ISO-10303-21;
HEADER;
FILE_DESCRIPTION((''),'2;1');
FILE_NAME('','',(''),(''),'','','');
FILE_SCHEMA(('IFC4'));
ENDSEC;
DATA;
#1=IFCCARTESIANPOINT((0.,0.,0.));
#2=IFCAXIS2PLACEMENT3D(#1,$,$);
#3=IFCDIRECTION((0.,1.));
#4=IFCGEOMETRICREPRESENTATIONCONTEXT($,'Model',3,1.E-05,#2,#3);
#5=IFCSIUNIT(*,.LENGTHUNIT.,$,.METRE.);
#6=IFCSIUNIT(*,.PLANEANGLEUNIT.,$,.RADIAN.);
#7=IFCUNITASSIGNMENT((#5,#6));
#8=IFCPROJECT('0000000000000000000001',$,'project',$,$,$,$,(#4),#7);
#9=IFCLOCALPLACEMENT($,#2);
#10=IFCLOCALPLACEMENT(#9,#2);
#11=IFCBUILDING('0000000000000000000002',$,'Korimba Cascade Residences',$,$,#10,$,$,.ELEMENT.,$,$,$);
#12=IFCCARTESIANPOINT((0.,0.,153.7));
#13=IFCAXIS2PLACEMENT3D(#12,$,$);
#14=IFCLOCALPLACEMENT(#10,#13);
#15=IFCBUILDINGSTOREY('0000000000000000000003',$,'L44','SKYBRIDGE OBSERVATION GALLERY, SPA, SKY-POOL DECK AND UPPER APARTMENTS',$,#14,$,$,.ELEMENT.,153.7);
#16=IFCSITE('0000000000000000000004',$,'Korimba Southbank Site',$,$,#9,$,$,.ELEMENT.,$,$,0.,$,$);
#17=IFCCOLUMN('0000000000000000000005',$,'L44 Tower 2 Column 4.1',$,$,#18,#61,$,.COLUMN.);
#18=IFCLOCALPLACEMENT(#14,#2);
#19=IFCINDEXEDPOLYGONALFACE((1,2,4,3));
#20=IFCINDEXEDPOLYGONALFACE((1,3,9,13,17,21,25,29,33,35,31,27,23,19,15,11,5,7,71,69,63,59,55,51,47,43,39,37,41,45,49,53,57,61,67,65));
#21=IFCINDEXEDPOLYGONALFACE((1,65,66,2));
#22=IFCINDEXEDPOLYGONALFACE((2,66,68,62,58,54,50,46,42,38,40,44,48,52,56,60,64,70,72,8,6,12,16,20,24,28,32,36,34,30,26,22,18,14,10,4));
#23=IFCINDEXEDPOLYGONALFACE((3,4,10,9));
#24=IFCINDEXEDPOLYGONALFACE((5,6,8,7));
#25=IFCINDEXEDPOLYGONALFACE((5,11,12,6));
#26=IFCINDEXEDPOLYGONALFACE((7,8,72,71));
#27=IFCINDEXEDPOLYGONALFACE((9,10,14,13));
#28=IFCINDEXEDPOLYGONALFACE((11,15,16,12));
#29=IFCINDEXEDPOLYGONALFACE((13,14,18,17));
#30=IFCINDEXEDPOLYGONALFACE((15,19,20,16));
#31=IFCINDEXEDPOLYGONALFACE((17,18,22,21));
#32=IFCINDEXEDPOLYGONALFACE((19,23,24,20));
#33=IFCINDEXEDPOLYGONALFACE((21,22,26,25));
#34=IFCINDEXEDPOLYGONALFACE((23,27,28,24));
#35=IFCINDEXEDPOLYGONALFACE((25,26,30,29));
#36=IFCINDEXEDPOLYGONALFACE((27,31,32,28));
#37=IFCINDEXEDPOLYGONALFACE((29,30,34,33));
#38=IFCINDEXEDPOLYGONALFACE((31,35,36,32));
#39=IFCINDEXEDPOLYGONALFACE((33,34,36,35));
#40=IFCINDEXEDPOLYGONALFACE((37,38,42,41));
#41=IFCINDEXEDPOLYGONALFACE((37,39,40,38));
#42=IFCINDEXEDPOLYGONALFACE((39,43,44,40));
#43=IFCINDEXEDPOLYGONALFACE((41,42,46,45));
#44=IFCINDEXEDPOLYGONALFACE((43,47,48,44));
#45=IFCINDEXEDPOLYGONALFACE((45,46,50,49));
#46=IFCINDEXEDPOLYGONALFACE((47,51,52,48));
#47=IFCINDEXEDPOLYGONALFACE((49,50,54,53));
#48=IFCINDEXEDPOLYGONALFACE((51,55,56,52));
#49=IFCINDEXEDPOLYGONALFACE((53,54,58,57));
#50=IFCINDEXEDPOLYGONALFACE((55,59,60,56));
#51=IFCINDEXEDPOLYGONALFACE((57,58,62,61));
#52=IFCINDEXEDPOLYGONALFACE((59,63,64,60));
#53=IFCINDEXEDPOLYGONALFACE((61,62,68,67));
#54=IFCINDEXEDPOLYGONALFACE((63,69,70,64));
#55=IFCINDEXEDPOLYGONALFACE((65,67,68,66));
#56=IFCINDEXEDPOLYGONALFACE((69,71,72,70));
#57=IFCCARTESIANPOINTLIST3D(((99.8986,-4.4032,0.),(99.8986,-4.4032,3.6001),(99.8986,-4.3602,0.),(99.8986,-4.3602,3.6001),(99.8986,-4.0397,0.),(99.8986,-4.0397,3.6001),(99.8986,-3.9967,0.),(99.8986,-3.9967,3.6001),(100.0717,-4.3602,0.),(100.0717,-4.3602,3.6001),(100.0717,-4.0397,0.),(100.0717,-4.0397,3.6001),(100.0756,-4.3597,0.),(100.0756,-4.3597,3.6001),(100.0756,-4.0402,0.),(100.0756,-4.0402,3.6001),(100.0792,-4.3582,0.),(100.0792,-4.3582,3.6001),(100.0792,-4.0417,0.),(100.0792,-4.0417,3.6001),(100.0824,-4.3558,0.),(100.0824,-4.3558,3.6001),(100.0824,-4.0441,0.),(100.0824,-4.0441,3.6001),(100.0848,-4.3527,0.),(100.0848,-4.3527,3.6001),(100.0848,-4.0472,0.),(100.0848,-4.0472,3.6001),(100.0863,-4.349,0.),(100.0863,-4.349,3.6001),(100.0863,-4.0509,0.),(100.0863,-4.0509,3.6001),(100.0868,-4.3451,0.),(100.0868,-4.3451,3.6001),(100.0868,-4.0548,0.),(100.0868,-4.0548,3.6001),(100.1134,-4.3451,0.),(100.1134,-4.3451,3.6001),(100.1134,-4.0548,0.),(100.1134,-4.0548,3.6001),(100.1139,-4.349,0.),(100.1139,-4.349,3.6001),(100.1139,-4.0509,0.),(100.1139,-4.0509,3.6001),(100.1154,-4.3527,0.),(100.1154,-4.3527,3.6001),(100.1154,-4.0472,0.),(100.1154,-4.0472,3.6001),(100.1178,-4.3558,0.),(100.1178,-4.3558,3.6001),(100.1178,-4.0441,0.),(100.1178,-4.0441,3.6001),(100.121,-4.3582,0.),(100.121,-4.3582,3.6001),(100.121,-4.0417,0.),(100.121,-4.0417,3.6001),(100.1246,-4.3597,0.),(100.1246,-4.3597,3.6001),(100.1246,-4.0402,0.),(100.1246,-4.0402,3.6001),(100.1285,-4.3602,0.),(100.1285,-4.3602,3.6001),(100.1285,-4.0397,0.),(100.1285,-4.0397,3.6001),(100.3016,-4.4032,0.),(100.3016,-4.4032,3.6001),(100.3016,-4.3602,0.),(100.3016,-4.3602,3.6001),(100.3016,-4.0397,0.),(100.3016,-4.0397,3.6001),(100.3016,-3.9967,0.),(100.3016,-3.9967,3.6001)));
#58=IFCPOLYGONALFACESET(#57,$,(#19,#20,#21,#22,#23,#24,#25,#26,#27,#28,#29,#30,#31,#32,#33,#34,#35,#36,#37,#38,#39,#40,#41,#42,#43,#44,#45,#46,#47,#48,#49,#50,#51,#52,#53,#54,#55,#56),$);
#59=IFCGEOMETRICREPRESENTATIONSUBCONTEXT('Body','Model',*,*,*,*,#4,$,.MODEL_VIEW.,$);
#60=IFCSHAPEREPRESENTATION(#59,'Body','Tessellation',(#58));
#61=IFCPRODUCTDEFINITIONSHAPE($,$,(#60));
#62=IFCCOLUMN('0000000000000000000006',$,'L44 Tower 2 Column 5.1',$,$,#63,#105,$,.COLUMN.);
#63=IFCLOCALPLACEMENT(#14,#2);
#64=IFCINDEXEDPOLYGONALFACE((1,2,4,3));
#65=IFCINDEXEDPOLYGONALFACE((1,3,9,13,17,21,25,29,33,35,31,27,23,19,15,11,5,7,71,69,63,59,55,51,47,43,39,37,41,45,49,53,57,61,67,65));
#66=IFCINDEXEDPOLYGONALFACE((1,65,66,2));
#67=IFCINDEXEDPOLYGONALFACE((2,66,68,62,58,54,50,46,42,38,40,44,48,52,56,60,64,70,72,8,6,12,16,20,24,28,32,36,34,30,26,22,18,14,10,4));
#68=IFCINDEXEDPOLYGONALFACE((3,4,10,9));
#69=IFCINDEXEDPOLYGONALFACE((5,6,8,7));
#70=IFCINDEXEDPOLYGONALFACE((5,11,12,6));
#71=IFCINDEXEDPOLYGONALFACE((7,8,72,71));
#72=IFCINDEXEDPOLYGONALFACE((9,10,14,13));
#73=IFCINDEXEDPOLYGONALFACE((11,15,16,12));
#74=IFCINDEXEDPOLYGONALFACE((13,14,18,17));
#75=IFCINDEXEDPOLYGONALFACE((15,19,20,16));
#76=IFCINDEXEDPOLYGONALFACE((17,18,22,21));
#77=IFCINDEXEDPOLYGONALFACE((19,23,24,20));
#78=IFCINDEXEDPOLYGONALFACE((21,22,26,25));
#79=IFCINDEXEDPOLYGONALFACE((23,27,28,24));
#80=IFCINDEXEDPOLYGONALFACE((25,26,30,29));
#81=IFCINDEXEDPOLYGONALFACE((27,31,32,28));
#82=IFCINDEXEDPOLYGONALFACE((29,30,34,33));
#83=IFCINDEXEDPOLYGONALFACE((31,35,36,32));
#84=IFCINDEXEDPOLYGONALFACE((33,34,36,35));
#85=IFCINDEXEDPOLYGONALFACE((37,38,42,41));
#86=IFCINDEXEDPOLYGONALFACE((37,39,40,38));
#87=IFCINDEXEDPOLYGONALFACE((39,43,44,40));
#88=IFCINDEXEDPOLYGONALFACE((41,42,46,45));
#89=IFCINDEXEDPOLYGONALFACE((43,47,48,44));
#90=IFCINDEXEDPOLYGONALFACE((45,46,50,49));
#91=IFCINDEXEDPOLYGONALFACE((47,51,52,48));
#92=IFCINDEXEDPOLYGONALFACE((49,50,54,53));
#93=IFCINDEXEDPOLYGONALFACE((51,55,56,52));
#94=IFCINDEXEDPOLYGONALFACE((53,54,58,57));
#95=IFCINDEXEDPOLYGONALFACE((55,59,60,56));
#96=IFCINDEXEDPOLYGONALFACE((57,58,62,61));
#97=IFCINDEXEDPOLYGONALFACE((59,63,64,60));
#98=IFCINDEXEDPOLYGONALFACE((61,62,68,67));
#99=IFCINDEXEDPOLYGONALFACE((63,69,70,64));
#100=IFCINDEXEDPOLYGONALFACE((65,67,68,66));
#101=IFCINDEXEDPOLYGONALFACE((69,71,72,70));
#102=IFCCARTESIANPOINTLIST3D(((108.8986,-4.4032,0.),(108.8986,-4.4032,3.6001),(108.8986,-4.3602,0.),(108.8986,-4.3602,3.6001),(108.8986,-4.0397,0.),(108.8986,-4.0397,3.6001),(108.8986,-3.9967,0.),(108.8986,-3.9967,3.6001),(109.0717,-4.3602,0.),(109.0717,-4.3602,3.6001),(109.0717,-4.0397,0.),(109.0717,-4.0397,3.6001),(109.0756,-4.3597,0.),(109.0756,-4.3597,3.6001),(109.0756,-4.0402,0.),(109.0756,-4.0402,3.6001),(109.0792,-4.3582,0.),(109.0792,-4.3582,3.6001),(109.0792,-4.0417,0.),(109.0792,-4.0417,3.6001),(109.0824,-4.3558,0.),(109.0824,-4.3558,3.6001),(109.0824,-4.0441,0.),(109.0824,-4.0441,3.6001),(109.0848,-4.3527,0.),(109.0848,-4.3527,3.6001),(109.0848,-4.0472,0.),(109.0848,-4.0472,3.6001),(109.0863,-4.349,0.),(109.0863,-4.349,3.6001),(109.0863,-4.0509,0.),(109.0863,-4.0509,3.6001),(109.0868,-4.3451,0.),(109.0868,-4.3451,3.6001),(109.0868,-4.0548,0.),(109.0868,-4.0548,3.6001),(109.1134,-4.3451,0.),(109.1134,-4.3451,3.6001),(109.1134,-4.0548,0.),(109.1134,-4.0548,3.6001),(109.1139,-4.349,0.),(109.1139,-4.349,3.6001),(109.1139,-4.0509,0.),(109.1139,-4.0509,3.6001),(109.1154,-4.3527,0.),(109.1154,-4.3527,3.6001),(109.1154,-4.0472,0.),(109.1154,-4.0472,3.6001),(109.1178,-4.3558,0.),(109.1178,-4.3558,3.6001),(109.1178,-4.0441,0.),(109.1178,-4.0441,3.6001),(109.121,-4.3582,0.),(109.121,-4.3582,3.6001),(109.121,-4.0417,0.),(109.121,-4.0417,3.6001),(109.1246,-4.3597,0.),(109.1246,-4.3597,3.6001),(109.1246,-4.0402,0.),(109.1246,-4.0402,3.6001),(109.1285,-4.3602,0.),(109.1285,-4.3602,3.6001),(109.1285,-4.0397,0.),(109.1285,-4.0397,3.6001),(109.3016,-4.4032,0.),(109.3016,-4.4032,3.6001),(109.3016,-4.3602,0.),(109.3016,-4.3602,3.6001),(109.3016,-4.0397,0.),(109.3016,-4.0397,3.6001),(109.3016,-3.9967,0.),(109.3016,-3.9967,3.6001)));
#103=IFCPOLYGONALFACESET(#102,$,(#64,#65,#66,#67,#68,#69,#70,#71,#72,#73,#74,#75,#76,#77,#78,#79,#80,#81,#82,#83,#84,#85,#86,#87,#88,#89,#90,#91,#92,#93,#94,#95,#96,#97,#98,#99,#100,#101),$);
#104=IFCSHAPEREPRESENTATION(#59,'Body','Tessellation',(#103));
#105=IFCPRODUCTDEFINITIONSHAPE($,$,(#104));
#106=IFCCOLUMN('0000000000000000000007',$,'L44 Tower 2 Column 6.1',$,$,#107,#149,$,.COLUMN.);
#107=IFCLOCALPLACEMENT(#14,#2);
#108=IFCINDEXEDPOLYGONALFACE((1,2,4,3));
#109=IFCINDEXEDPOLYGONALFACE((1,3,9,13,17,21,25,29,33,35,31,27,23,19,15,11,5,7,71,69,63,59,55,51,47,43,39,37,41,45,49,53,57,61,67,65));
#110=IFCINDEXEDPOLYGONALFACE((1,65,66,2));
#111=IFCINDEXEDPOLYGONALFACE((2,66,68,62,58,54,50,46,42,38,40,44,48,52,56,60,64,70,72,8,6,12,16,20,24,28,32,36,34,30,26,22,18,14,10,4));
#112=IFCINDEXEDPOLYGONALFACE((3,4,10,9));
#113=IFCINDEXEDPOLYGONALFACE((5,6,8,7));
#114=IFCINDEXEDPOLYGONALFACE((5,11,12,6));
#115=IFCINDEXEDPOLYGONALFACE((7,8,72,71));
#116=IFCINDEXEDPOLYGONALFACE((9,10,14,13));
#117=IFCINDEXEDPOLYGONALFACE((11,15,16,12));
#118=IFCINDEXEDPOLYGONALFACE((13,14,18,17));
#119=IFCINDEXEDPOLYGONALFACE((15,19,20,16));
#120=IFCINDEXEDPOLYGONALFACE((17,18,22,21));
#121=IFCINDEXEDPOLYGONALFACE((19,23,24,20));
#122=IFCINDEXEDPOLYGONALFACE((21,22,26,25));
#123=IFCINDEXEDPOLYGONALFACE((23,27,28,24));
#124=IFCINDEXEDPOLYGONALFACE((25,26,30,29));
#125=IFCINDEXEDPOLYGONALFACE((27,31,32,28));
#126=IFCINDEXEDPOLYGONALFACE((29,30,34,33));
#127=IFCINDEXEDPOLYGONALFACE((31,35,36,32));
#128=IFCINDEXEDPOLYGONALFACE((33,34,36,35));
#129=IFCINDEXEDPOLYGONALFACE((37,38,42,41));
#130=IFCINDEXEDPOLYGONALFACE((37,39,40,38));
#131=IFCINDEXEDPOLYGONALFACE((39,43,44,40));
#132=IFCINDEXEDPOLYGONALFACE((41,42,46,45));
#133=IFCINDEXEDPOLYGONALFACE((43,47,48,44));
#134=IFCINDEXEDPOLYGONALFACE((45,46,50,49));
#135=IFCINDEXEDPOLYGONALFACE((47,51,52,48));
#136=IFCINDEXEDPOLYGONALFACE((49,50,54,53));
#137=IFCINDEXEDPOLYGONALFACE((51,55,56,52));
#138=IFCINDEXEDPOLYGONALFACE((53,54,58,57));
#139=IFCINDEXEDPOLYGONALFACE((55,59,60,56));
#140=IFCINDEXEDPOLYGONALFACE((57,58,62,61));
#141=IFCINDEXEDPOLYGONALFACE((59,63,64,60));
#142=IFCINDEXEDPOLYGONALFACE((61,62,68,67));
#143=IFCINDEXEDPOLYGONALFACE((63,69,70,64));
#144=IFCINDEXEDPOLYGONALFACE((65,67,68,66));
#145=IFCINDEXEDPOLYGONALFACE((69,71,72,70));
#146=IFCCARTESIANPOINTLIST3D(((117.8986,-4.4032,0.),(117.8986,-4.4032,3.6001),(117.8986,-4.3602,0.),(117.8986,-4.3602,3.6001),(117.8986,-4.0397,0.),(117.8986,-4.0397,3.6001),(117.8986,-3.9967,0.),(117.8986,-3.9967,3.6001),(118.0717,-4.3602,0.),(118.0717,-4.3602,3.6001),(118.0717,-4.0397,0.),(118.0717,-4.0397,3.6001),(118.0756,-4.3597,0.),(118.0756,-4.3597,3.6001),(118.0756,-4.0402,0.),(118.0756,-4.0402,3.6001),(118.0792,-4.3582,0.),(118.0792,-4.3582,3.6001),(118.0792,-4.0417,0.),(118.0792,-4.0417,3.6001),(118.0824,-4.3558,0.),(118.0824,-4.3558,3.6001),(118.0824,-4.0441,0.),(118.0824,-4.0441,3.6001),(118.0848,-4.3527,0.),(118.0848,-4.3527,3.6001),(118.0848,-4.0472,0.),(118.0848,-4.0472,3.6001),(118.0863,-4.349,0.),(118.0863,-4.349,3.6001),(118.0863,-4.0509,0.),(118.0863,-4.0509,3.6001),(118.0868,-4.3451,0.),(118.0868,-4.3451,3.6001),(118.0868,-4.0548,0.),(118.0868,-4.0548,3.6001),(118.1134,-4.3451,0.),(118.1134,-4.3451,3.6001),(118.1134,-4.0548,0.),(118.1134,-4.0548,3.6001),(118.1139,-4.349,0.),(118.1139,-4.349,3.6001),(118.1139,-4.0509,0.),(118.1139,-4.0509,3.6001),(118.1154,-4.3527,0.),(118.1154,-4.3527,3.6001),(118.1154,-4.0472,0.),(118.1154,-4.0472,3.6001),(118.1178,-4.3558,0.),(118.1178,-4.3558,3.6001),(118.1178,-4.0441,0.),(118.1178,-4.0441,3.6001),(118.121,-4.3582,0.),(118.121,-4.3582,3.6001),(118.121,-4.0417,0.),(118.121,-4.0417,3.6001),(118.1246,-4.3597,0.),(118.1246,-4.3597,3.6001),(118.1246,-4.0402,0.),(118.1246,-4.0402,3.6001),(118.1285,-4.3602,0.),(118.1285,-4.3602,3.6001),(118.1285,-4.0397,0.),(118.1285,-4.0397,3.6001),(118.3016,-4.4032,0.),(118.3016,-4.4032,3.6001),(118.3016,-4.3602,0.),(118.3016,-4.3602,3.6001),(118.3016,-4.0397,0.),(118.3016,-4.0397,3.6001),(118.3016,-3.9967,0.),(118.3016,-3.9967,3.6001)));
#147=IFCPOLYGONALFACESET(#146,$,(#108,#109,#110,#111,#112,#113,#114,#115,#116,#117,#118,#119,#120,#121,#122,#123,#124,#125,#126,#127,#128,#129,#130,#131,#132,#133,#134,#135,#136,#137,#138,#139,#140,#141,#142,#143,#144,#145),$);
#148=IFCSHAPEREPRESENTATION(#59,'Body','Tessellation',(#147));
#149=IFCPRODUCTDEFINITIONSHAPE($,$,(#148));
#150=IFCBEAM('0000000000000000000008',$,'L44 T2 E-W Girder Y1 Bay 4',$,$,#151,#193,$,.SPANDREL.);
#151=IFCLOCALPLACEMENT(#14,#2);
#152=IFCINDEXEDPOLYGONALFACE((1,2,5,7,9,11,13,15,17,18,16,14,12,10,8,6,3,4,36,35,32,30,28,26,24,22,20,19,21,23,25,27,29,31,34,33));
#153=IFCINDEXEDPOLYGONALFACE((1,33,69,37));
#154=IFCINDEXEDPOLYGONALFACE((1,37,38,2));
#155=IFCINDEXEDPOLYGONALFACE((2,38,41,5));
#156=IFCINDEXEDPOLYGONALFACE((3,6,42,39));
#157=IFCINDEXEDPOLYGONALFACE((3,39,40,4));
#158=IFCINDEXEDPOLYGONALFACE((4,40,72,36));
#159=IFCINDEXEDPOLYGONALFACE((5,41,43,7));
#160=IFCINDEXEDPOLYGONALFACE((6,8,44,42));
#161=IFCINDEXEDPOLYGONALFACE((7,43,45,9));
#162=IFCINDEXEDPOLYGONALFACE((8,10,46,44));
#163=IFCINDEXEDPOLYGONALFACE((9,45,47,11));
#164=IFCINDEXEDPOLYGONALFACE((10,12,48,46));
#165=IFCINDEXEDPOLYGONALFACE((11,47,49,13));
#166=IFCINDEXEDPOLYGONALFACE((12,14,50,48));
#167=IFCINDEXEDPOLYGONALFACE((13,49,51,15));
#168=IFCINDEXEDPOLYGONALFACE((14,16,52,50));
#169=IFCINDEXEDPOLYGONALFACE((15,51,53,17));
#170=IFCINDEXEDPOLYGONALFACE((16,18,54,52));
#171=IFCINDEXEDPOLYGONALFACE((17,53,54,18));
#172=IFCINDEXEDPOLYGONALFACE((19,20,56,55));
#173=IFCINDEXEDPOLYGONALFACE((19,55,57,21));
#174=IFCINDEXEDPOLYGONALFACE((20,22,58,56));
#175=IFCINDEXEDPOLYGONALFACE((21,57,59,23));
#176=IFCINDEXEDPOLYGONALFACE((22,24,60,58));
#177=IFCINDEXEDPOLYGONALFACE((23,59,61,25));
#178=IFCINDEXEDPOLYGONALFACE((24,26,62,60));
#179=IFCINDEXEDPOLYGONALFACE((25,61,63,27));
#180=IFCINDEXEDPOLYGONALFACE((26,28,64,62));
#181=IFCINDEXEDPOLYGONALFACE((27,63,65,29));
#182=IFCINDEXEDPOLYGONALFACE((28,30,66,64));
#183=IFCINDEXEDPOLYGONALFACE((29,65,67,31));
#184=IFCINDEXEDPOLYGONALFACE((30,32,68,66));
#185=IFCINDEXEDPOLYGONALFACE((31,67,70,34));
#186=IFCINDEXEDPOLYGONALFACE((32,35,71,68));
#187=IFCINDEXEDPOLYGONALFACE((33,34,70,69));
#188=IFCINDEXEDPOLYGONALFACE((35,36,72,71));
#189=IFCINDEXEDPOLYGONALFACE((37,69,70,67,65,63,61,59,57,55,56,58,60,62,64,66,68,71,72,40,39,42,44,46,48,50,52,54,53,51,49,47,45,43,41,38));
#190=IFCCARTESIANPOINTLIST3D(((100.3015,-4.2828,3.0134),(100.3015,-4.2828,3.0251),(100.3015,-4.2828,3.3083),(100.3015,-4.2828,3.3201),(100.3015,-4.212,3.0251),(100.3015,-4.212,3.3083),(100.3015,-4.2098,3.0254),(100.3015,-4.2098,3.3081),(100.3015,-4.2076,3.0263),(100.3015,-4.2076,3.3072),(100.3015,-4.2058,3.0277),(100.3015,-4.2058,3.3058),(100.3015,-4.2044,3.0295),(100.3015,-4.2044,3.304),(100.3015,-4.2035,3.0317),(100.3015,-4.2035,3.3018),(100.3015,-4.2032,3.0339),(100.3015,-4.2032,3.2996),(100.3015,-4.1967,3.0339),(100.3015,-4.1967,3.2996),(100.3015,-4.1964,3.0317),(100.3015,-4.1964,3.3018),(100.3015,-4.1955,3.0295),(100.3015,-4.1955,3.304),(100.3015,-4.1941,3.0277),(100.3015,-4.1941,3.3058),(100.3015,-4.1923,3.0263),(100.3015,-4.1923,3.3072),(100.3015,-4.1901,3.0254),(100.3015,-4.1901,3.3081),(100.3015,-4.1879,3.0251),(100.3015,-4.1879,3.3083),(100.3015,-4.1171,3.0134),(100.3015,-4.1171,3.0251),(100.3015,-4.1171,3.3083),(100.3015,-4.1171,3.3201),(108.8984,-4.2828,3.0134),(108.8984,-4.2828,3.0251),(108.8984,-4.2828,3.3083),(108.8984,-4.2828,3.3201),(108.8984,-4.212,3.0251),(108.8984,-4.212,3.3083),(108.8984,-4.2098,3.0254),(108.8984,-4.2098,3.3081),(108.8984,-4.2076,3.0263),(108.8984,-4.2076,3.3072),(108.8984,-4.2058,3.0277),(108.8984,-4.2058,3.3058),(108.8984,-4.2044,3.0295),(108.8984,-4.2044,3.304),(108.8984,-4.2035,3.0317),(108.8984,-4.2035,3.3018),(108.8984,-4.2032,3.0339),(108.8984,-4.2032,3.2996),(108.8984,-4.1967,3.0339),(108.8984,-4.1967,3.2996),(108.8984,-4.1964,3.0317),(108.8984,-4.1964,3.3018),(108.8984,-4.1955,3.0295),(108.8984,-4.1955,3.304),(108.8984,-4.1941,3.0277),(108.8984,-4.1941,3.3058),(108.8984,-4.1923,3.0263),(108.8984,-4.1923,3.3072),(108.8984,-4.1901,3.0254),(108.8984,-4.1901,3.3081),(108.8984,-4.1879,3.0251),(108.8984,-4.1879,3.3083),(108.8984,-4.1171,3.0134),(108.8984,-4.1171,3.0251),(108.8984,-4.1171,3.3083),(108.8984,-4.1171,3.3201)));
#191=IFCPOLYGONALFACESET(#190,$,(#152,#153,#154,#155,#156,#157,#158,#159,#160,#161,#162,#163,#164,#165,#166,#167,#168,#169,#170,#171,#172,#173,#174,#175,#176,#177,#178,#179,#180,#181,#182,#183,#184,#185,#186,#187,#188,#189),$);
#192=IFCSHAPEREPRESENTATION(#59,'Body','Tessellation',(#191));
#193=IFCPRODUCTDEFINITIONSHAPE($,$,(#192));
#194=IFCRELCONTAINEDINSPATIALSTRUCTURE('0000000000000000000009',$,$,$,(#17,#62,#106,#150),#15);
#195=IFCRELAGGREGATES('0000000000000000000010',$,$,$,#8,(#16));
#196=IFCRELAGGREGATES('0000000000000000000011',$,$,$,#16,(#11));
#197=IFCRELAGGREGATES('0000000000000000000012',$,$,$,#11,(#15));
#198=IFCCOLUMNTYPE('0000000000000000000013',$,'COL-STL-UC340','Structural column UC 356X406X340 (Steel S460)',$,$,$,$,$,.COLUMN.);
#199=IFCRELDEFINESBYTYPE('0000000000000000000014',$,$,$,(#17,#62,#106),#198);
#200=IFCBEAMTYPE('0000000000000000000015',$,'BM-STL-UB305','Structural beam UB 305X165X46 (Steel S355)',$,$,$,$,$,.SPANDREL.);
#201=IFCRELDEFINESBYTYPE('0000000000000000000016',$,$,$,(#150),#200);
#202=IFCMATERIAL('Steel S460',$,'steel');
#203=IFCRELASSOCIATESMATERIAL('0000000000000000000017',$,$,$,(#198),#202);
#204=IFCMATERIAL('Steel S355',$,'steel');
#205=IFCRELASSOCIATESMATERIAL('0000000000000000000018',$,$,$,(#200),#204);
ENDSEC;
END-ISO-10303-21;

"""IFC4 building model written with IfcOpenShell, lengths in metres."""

from ifc_helpers import new_model, si_unit, direction, frame, origin, origin_2d, place, context, subcontext, project, spatial, i_section, extrude, material, material_profile, profile_set, type_object, element, save


model = new_model("IFC4")

# Units and contexts
model_context = context("Model", 3, precision=1e-05, world=origin(), true_north=direction((0.0, 1.0)))
body_context = subcontext(model_context, "Body", "Model", "MODEL_VIEW")
ifc_project = project(units=[si_unit("LENGTHUNIT", "METRE"), si_unit("PLANEANGLEUNIT", "RADIAN")], contexts=[model_context])

# Site, building, storey
site_placement = place(None, origin())
site = spatial("IfcSite", under=ifc_project, at=site_placement, Name="Korimba Southbank Site", CompositionType="ELEMENT", RefElevation=0.0)
building_placement = place(site_placement, origin())
building = spatial("IfcBuilding", under=site, at=building_placement, Name="Korimba Cascade Residences", CompositionType="ELEMENT")
storey_placement = place(building_placement, frame((0.0, 0.0, 153.7)))
storey = spatial("IfcBuildingStorey", under=building, at=storey_placement, Name="L44", Description="SKYBRIDGE OBSERVATION GALLERY, SPA, SKY-POOL DECK AND UPPER APARTMENTS", CompositionType="ELEMENT", Elevation=153.7)

# Columns
ifc_material_1 = material(Name="Steel S460", Category="steel")
ifc_material_profile_1 = material_profile(ifc_material_1, i_section(OverallWidth=0.4031, OverallDepth=0.4065, WebThickness=0.0266, FlangeThickness=0.043, FilletRadius=0.0151, at=origin_2d()), Name="Steel S460")
ifc_profile_set_1 = profile_set([ifc_material_profile_1], Name="Steel S460")
column_type = type_object("IfcColumnType", Name="COL-STL-UC340", Description="Structural column UC 356X406X340 (Steel S460)", PredefinedType="COLUMN", material=ifc_profile_set_1)
for number, where, z_axis, x_axis, name in (
    (1, (100.1001, -4.2, 0.0), (0.0, 0.0, 1.0), (1.0, 0.0, 0.0), "L44 Tower 2 Column 4.1"),
    (2, (109.1001, -4.2, 0.0), (0.0, 0.0, 1.0), (1.0, 0.0, 0.0), "L44 Tower 2 Column 5.1"),
    (3, (118.1001, -4.2, 0.0), (0.0, 0.0, 1.0), (1.0, 0.0, 0.0), "L44 Tower 2 Column 6.1"),
):
    element("IfcColumn", number, at=place(storey_placement, frame(where, z_axis=z_axis, x_axis=x_axis)), inside=storey, type_object=column_type, Name=name, PredefinedType="COLUMN", context=body_context, shape_type="SweptSolid", body=[
        extrude(i_section(OverallWidth=0.4031, OverallDepth=0.4065, WebThickness=0.0266, FlangeThickness=0.043, FilletRadius=0.0151, at=origin_2d()), origin(), (0.0, 0.0, 1.0), 3.6001),
    ])

# Beam
ifc_material_2 = material(Name="Steel S355", Category="steel")
ifc_material_profile_2 = material_profile(ifc_material_2, i_section(OverallWidth=0.1658, OverallDepth=0.3066, WebThickness=0.0066, FlangeThickness=0.0117, FilletRadius=0.0088, at=origin_2d()), Name="Steel S355")
ifc_profile_set_2 = profile_set([ifc_material_profile_2], Name="Steel S355")
beam_type_1 = type_object("IfcBeamType", Name="BM-STL-UB305", Description="Structural beam UB 305X165X46 (Steel S355)", PredefinedType="SPANDREL", material=ifc_profile_set_2)
for number, where, z_axis, x_axis, name in (
    (4, (100.3015, -4.2, 3.1667), (1.0, 0.0, 0.0), (0.0, 1.0, 0.0), "L44 T2 E-W Girder Y1 Bay 4"),
):
    element("IfcBeam", number, at=place(storey_placement, frame(where, z_axis=z_axis, x_axis=x_axis)), inside=storey, type_object=beam_type_1, Name=name, PredefinedType="SPANDREL", context=body_context, shape_type="SweptSolid", body=[
        extrude(i_section(OverallWidth=0.1658, OverallDepth=0.3066, WebThickness=0.0066, FlangeThickness=0.0117, FilletRadius=0.0088, at=origin_2d()), origin(), (0.0, 0.0, 1.0), 8.5969),
    ])

save(model, "model.ifc")
